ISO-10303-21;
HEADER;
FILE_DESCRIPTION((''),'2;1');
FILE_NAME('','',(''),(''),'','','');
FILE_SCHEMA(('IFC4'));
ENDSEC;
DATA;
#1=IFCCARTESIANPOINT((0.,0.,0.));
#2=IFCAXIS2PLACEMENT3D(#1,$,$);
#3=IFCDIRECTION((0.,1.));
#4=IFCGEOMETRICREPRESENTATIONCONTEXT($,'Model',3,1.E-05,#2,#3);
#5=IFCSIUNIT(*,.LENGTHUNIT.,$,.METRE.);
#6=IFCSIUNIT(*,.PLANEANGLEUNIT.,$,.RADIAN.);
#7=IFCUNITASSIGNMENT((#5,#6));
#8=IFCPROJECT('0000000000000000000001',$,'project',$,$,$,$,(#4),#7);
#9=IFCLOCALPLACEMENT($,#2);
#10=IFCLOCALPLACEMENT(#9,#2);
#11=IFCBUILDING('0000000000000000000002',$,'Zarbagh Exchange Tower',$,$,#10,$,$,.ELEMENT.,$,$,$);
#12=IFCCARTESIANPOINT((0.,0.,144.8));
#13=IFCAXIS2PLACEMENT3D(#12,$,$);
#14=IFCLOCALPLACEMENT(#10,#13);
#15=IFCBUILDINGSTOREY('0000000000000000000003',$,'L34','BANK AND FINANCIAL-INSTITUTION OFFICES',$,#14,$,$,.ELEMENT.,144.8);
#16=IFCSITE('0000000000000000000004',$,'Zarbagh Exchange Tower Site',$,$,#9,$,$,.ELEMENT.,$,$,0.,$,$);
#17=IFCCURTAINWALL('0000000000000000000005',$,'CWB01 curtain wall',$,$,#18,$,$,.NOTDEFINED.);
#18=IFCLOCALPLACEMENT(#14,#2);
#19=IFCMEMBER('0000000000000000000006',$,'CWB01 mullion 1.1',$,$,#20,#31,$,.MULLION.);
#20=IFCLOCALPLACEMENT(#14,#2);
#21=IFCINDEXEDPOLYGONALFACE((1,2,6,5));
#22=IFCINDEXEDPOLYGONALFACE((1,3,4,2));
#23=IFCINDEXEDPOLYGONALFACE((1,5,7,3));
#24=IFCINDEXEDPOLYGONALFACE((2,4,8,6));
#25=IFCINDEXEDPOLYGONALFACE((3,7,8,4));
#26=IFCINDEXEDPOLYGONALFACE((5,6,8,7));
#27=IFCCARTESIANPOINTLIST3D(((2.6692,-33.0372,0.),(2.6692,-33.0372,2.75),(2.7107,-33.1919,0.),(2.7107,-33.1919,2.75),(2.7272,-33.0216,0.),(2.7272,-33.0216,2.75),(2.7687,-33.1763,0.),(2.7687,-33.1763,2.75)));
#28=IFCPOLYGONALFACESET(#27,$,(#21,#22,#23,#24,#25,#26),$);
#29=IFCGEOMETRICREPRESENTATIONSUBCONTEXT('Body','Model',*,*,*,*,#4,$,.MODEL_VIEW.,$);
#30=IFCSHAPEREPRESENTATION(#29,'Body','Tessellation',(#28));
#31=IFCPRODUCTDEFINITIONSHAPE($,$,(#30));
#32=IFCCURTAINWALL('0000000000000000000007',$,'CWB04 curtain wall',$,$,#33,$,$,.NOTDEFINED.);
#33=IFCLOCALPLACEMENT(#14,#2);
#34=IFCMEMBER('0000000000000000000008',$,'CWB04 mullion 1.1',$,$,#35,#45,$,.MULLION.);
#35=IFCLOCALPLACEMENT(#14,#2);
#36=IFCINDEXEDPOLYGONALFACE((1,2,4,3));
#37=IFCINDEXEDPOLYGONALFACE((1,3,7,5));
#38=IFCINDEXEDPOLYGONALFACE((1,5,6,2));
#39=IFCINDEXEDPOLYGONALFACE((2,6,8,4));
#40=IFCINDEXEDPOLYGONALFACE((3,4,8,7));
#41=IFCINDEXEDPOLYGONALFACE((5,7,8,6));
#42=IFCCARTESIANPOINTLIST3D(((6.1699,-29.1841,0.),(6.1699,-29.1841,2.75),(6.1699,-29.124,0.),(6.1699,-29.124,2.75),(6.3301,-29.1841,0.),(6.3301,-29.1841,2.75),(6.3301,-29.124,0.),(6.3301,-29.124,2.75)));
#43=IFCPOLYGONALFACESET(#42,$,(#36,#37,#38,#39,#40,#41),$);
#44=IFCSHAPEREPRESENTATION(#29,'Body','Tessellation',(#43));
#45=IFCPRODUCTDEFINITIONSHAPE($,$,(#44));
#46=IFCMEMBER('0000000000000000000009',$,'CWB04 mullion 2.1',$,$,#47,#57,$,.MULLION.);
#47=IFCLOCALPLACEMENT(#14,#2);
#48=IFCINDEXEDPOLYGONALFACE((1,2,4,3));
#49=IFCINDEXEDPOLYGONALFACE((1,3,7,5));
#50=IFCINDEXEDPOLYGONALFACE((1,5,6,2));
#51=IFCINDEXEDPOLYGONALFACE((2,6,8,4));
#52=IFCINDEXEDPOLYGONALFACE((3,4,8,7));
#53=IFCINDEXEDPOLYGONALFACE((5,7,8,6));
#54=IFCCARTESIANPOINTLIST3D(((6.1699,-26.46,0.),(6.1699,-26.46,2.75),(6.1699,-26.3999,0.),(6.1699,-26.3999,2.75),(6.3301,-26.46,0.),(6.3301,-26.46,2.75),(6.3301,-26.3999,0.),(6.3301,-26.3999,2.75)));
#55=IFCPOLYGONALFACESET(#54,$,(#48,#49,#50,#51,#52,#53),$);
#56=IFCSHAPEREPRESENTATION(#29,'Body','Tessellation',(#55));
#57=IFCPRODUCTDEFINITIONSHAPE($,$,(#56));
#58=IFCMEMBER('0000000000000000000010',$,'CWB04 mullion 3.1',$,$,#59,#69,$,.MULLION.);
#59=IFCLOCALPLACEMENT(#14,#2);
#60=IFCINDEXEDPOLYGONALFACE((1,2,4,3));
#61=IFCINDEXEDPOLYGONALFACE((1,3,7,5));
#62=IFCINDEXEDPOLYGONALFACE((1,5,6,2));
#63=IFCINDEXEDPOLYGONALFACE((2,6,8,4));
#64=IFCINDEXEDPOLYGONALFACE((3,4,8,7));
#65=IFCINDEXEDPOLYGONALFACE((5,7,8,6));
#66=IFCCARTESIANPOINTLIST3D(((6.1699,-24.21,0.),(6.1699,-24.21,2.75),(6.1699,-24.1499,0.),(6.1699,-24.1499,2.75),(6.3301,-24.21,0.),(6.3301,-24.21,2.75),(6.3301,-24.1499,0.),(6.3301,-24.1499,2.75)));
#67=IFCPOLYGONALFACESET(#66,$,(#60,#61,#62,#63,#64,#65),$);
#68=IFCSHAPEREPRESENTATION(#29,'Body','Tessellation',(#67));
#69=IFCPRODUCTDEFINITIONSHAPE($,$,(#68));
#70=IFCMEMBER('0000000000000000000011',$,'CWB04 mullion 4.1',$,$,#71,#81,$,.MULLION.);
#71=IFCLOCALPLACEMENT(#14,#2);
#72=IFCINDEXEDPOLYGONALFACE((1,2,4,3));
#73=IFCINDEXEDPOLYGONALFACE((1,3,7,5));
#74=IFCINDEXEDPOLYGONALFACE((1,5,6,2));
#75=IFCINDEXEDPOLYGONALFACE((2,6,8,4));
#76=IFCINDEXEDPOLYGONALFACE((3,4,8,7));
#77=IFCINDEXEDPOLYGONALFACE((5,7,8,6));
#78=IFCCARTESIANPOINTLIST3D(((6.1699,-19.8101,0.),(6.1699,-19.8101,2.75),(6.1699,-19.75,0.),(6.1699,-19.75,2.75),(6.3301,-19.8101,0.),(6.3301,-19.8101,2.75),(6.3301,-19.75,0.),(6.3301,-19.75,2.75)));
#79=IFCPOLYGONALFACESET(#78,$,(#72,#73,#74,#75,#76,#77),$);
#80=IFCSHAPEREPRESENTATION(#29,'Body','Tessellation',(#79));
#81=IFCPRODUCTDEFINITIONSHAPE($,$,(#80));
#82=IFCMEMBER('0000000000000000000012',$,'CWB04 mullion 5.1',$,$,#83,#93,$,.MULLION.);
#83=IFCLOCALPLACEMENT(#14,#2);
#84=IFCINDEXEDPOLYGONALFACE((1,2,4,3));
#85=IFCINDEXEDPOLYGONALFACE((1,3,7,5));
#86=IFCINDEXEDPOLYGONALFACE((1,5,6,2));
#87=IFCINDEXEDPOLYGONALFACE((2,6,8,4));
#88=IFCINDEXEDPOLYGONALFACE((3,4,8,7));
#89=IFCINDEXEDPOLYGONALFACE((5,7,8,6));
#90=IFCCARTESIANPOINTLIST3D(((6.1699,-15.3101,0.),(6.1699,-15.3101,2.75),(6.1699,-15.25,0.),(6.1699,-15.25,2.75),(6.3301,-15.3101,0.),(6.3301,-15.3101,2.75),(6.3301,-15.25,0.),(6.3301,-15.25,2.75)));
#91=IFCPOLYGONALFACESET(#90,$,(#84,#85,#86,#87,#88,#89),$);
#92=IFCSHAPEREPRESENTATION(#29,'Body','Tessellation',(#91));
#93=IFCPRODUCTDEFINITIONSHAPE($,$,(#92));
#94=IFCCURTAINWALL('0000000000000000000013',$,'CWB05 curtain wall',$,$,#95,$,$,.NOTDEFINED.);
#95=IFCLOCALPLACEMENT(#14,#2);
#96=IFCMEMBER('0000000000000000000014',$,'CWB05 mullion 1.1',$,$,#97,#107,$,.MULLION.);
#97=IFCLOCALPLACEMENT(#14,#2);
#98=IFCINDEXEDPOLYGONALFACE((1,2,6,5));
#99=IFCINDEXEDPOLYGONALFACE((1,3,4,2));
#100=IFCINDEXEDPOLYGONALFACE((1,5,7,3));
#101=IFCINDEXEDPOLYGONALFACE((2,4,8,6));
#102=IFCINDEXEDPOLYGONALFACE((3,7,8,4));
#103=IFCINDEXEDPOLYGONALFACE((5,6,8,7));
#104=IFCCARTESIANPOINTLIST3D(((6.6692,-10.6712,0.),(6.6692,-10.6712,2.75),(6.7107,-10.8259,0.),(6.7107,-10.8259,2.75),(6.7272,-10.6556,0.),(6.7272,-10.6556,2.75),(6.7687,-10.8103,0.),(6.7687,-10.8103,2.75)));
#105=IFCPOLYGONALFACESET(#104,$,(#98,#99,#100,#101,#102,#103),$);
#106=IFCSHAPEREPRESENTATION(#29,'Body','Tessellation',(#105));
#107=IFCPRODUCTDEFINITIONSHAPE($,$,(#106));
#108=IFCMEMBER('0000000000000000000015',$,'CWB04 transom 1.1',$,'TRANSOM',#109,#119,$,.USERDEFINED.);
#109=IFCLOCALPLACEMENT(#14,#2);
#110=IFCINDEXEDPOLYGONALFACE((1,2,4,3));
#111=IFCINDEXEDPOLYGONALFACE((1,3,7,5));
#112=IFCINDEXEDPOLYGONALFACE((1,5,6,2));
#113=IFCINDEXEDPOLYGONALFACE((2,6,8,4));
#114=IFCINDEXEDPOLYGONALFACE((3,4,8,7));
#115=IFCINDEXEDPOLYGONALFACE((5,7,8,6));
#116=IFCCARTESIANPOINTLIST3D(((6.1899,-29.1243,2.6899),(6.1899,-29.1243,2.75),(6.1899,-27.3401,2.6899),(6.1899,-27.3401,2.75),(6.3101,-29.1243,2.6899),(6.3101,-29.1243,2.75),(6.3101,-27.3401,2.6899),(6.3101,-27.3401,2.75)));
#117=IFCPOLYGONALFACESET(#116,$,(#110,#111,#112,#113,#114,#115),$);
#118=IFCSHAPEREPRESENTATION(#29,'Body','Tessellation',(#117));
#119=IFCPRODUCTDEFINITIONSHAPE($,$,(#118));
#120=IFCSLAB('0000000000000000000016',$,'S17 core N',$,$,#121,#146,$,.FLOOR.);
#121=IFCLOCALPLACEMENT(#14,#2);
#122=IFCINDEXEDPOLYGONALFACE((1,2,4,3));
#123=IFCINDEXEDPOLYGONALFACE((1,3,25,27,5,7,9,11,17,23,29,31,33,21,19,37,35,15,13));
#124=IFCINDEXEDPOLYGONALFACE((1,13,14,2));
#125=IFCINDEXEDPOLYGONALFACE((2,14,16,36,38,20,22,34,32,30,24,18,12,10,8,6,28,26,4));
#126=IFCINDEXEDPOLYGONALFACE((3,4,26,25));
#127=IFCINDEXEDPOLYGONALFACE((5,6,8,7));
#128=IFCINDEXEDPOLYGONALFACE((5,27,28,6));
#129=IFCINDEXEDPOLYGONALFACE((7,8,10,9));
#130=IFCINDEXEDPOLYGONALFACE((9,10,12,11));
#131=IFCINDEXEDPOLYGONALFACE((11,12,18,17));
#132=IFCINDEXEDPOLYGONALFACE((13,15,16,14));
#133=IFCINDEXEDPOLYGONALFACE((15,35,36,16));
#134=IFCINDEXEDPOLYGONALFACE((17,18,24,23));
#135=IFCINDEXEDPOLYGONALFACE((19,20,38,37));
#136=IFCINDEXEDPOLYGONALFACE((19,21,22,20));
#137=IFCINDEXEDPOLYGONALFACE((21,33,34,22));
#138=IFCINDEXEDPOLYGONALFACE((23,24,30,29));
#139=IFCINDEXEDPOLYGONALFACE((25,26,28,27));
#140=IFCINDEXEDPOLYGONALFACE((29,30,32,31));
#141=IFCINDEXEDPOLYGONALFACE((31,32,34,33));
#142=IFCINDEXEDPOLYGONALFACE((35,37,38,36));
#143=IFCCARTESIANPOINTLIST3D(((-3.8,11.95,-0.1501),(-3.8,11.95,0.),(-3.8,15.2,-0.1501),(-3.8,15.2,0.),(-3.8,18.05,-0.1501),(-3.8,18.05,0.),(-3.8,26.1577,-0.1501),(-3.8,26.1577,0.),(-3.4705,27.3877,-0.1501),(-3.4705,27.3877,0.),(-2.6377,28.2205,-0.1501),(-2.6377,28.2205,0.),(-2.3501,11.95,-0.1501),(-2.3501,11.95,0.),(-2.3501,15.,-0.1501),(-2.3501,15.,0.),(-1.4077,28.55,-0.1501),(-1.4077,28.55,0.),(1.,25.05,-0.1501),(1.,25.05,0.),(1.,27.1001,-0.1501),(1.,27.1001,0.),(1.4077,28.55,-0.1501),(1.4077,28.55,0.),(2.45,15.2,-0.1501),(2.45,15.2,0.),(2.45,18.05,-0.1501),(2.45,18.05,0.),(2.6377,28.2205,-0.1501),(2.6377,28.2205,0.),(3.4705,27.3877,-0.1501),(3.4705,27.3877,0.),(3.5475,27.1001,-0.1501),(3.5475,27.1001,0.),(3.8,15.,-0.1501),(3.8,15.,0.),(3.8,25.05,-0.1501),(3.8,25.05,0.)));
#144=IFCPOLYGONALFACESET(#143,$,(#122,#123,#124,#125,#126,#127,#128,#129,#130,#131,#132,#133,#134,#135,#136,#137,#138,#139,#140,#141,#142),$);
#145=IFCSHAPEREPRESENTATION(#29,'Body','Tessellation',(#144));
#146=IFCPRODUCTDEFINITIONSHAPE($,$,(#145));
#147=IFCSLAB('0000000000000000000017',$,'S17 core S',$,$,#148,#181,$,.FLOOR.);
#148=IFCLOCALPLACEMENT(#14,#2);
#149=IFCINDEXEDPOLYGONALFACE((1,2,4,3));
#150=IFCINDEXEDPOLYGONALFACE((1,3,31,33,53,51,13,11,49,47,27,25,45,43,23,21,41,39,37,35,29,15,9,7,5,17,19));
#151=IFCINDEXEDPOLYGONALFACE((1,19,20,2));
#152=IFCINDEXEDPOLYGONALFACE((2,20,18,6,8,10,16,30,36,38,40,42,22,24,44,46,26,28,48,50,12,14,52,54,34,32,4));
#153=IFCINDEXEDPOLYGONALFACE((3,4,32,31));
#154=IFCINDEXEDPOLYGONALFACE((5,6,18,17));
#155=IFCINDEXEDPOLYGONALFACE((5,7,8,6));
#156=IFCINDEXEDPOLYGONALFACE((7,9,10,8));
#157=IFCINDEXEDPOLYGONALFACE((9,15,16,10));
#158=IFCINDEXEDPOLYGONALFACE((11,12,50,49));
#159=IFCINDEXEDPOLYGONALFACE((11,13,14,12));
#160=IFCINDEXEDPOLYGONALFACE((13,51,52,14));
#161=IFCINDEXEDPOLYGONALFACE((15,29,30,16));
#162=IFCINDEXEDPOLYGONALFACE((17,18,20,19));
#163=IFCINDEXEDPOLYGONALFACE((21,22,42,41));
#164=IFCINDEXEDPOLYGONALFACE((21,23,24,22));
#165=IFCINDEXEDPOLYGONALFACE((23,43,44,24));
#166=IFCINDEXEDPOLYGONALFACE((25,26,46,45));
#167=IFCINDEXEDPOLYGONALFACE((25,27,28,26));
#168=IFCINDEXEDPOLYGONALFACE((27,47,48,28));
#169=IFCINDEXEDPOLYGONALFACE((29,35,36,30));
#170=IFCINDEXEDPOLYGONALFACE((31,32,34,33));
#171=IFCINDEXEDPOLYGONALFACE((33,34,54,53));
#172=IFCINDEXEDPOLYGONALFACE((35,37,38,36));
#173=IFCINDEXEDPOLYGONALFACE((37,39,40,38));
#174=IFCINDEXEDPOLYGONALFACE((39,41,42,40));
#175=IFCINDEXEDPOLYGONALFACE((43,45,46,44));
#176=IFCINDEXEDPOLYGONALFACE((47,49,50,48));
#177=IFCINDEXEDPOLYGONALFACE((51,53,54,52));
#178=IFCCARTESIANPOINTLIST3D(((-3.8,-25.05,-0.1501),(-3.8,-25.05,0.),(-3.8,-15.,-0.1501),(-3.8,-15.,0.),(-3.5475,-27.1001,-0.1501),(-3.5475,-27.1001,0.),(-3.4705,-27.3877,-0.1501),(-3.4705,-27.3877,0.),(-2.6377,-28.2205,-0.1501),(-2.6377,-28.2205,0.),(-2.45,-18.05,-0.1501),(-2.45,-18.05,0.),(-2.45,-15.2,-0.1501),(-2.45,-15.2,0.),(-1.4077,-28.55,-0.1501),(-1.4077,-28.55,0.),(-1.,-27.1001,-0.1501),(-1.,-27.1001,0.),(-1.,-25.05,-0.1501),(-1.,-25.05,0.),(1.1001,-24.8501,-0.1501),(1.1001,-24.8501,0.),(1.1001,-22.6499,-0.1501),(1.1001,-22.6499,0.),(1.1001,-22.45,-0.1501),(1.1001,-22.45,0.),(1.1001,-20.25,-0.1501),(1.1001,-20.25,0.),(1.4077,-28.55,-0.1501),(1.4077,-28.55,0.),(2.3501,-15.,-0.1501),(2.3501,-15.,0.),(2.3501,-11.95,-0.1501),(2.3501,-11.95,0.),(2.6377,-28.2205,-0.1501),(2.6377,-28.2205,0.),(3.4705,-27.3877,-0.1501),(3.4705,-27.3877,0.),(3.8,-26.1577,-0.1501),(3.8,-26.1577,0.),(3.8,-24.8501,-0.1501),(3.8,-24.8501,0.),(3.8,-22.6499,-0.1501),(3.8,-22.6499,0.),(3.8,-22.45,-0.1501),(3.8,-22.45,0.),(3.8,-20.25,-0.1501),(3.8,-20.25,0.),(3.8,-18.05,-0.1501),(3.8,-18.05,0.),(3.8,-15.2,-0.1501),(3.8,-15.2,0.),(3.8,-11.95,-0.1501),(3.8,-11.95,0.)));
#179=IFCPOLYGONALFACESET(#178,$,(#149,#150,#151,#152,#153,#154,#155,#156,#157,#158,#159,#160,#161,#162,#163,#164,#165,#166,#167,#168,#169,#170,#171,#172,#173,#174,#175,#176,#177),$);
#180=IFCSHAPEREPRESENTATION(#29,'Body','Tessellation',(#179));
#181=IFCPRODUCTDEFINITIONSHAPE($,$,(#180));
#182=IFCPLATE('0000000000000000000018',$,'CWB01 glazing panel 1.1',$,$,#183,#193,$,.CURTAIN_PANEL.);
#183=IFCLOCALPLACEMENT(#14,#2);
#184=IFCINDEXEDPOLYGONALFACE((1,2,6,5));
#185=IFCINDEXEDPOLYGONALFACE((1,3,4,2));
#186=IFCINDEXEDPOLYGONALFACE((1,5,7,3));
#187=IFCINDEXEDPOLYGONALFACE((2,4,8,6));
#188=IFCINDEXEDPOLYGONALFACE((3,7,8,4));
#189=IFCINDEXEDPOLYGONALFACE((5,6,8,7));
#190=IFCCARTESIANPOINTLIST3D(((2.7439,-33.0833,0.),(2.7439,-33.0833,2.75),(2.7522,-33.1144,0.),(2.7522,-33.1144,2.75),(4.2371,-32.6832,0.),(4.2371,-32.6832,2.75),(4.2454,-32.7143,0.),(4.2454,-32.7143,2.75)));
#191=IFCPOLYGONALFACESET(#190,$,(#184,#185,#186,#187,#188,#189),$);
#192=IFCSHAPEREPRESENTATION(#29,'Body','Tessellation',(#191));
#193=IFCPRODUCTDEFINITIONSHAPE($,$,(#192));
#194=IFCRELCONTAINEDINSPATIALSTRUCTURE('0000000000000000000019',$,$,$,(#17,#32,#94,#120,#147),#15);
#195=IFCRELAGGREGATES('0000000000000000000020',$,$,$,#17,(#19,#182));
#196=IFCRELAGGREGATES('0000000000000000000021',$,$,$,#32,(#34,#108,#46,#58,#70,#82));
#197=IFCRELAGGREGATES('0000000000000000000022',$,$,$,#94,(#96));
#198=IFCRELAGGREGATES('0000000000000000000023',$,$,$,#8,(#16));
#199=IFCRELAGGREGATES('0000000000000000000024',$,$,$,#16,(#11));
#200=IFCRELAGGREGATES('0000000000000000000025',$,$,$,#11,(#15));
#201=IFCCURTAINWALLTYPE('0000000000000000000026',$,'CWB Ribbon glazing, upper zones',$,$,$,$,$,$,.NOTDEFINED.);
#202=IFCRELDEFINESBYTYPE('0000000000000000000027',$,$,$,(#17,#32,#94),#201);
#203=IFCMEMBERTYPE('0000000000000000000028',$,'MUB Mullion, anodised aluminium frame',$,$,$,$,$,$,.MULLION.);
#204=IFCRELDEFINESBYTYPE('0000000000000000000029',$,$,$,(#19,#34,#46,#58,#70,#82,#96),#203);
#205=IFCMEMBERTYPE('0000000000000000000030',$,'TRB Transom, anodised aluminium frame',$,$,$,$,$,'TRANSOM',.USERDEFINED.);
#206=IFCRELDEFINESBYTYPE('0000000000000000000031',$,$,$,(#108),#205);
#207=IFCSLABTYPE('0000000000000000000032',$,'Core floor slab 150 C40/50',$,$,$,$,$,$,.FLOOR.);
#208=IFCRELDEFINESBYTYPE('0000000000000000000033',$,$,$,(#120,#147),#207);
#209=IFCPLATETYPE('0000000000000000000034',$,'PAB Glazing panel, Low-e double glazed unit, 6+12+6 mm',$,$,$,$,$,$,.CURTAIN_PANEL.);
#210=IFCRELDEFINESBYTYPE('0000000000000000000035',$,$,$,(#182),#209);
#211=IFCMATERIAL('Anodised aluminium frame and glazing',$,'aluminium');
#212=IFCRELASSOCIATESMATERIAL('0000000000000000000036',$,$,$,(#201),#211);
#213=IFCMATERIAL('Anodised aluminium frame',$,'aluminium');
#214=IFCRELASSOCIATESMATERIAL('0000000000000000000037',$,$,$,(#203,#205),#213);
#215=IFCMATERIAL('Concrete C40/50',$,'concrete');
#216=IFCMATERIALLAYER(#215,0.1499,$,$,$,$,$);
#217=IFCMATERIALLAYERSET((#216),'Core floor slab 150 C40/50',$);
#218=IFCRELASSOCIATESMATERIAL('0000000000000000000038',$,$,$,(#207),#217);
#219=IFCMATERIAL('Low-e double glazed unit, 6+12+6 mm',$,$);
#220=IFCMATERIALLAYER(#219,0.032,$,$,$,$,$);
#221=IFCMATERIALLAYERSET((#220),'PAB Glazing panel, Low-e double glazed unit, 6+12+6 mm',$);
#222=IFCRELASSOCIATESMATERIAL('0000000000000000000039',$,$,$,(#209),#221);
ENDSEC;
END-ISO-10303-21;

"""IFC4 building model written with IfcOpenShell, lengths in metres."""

from ifc_helpers import new_model, si_unit, direction, frame, origin, place, context, subcontext, project, spatial, polyline, outline, extrude, source, transform, mapped, material, layer, layer_set, type_object, element, aggregate, save


model = new_model("IFC4")

# Units and contexts
model_context = context("Model", 3, precision=1e-05, world=origin(), true_north=direction((0.0, 1.0)))
body_context = subcontext(model_context, "Body", "Model", "MODEL_VIEW")
ifc_project = project(units=[si_unit("LENGTHUNIT", "METRE"), si_unit("PLANEANGLEUNIT", "RADIAN")], contexts=[model_context])

# Site, building, storey
site_placement = place(None, origin())
site = spatial("IfcSite", under=ifc_project, at=site_placement, Name="Zarbagh Exchange Tower Site", CompositionType="ELEMENT", RefElevation=0.0)
building_placement = place(site_placement, origin())
building = spatial("IfcBuilding", under=site, at=building_placement, Name="Zarbagh Exchange Tower", CompositionType="ELEMENT")
storey_placement = place(building_placement, frame((0.0, 0.0, 144.8)))
storey = spatial("IfcBuildingStorey", under=building, at=storey_placement, Name="L34", Description="BANK AND FINANCIAL-INSTITUTION OFFICES", CompositionType="ELEMENT", Elevation=144.8)

# Curtain wall, member
ifc_material_1 = material(Name="Anodised aluminium frame and glazing", Category="aluminium")
curtain_wall_type = type_object("IfcCurtainWallType", Name="CWB Ribbon glazing, upper zones", PredefinedType="NOTDEFINED", material=ifc_material_1)
curtain_wall_1_placement = place(storey_placement, origin())
curtain_wall_1 = element("IfcCurtainWall", 1, at=curtain_wall_1_placement, inside=storey, type_object=curtain_wall_type, Name="CWB01 curtain wall", PredefinedType="NOTDEFINED")
ifc_material_2 = material(Name="Anodised aluminium frame", Category="aluminium")
member_type_1 = type_object("IfcMemberType", Name="MUB Mullion, anodised aluminium frame", PredefinedType="MULLION", material=ifc_material_2)
shared_shape_1 = source(origin(), body_context, "Body", "SweptSolid", [
    extrude(outline(polyline([(0.0, -0.0801), (0.0601, -0.0801), (0.0601, 0.0801), (0.0, 0.0801), (0.0, -0.0801)])), origin(), (0.0, 0.0, 1.0), 2.75),
])
placement = place(storey_placement, origin())
member_1 = element("IfcMember", 2, at=placement, type_object=member_type_1, Name="CWB01 mullion 1.1", PredefinedType="MULLION", context=body_context, shape_type="MappedRepresentation", body=[
    mapped(shared_shape_1, transform((2.6899, -33.1145, 0.0), x_axis=(0.965924, 0.258825, 0.0), y_axis=(-0.258825, 0.965924, 0.0), z_axis=(0.0, 0.0, 1.0))),
])

# Curtain wall, members
curtain_wall_2_placement = place(storey_placement, origin())
curtain_wall_2 = element("IfcCurtainWall", 3, at=curtain_wall_2_placement, inside=storey, type_object=curtain_wall_type, Name="CWB04 curtain wall", PredefinedType="NOTDEFINED")
member_2 = element("IfcMember", 4, at=placement, type_object=member_type_1, Name="CWB04 mullion 1.1", PredefinedType="MULLION", context=body_context, shape_type="MappedRepresentation", body=[
    mapped(shared_shape_1, transform((6.25, -29.1841, 0.0), x_axis=(0.0, 1.0, 0.0), y_axis=(-1.0, 0.0, 0.0), z_axis=(0.0, 0.0, 1.0))),
])
member_3 = element("IfcMember", 5, at=placement, type_object=member_type_1, Name="CWB04 mullion 2.1", PredefinedType="MULLION", context=body_context, shape_type="MappedRepresentation", body=[
    mapped(shared_shape_1, transform((6.25, -26.46, 0.0), x_axis=(0.0, 1.0, 0.0), y_axis=(-1.0, 0.0, 0.0), z_axis=(0.0, 0.0, 1.0))),
])
member_4 = element("IfcMember", 6, at=placement, type_object=member_type_1, Name="CWB04 mullion 3.1", PredefinedType="MULLION", context=body_context, shape_type="MappedRepresentation", body=[
    mapped(shared_shape_1, transform((6.25, -24.21, 0.0), x_axis=(0.0, 1.0, 0.0), y_axis=(-1.0, 0.0, 0.0), z_axis=(0.0, 0.0, 1.0))),
])
member_5 = element("IfcMember", 7, at=placement, type_object=member_type_1, Name="CWB04 mullion 4.1", PredefinedType="MULLION", context=body_context, shape_type="MappedRepresentation", body=[
    mapped(shared_shape_1, transform((6.25, -19.8101, 0.0), x_axis=(0.0, 1.0, 0.0), y_axis=(-1.0, 0.0, 0.0), z_axis=(0.0, 0.0, 1.0))),
])
member_6 = element("IfcMember", 8, at=placement, type_object=member_type_1, Name="CWB04 mullion 5.1", PredefinedType="MULLION", context=body_context, shape_type="MappedRepresentation", body=[
    mapped(shared_shape_1, transform((6.25, -15.3101, 0.0), x_axis=(0.0, 1.0, 0.0), y_axis=(-1.0, 0.0, 0.0), z_axis=(0.0, 0.0, 1.0))),
])

# Curtain wall, member
curtain_wall_3_placement = place(storey_placement, origin())
curtain_wall_3 = element("IfcCurtainWall", 9, at=curtain_wall_3_placement, inside=storey, type_object=curtain_wall_type, Name="CWB05 curtain wall", PredefinedType="NOTDEFINED")
member_7 = element("IfcMember", 10, at=placement, type_object=member_type_1, Name="CWB05 mullion 1.1", PredefinedType="MULLION", context=body_context, shape_type="MappedRepresentation", body=[
    mapped(shared_shape_1, transform((6.6899, -10.7485, 0.0), x_axis=(0.965924, 0.258825, 0.0), y_axis=(-0.258825, 0.965924, 0.0), z_axis=(0.0, 0.0, 1.0))),
])

# Member
member_type_2 = type_object("IfcMemberType", Name="TRB Transom, anodised aluminium frame", ElementType="TRANSOM", PredefinedType="USERDEFINED", material=ifc_material_2)
shared_shape_2 = source(origin(), body_context, "Body", "SweptSolid", [
    extrude(outline(polyline([(-0.0601, -0.0601), (0.0, -0.0601), (0.0, 0.0601), (-0.0601, 0.0601), (-0.0601, -0.0601)])), origin(), (0.0, 0.0, 1.0), 1.7842),
])
member_8 = element("IfcMember", 11, at=placement, type_object=member_type_2, Name="CWB04 transom 1.1", ObjectType="TRANSOM", PredefinedType="USERDEFINED", context=body_context, shape_type="MappedRepresentation", body=[
    mapped(shared_shape_2, transform((6.25, -29.1243, 2.75), x_axis=(0.0, 0.0, 1.0), y_axis=(1.0, 0.0, 0.0), z_axis=(0.0, 1.0, 0.0))),
])

# Slabs
ifc_material_3 = material(Name="Concrete C40/50", Category="concrete")
ifc_layer_1 = layer(ifc_material_3, 0.1499)
ifc_layer_set_1 = layer_set([ifc_layer_1], Name="Core floor slab 150 C40/50")
slab_type = type_object("IfcSlabType", Name="Core floor slab 150 C40/50", PredefinedType="FLOOR", material=ifc_layer_set_1)
slab_1_placement = place(storey_placement, frame((0.0, 0.0, -0.1501)))
element("IfcSlab", 12, at=slab_1_placement, inside=storey, type_object=slab_type, Name="S17 core N", PredefinedType="FLOOR", context=body_context, shape_type="SweptSolid", body=[
    extrude(outline(polyline([(-3.8, 11.95), (-3.8, 15.2), (2.45, 15.2), (2.45, 18.05), (-3.8, 18.05), (-3.8, 26.1577), (-3.4705, 27.3877), (-2.6377, 28.2205), (-1.4077, 28.55), (1.4077, 28.55), (2.6377, 28.2205), (3.4705, 27.3877), (3.8, 26.1577), (3.8, 26.1577), (3.5476, 27.1001), (1.0, 27.1001), (1.0, 25.05), (3.8, 25.05), (3.8, 15.0), (-2.3501, 15.0), (-2.3501, 11.95), (-3.8, 11.95)])), origin(), (0.0, 0.0, 1.0), 0.1501),
])
slab_2_placement = place(storey_placement, frame((0.0, 0.0, -0.1501)))
element("IfcSlab", 13, at=slab_2_placement, inside=storey, type_object=slab_type, Name="S17 core S", PredefinedType="FLOOR", context=body_context, shape_type="SweptSolid", body=[
    extrude(outline(polyline([(-2.6377, -28.2205), (-3.4705, -27.3877), (-3.8, -26.1577), (-3.8, -26.1577), (-3.5476, -27.1001), (-1.0, -27.1001), (-1.0, -25.05), (-3.8, -25.05), (-3.8, -15.0), (2.3501, -15.0), (2.3501, -11.95), (3.8, -11.95), (3.8, -15.2), (-2.45, -15.2), (-2.45, -18.05), (3.8, -18.05), (3.8, -20.25), (1.1001, -20.25), (1.1001, -22.45), (3.8, -22.45), (3.8, -22.6499), (1.1001, -22.6499), (1.1001, -24.8501), (3.8, -24.8501), (3.8, -26.1577), (3.4705, -27.3877), (2.6377, -28.2205), (1.4077, -28.55), (-1.4077, -28.55), (-2.6377, -28.2205)])), origin(), (0.0, 0.0, 1.0), 0.1501),
])

# Plate
ifc_material_4 = material(Name="Low-e double glazed unit, 6+12+6 mm")
ifc_layer_2 = layer(ifc_material_4, 0.032)
ifc_layer_set_2 = layer_set([ifc_layer_2], Name="PAB Glazing panel, Low-e double glazed unit, 6+12+6 mm")
plate_type = type_object("IfcPlateType", Name="PAB Glazing panel, Low-e double glazed unit, 6+12+6 mm", PredefinedType="CURTAIN_PANEL", material=ifc_layer_set_2)
shared_shape_3 = source(origin(), body_context, "Body", "SweptSolid", [
    extrude(outline(polyline([(0.0, -0.0161), (1.5459, -0.0161), (1.5459, 0.0161), (0.0, 0.0161), (0.0, -0.0161)])), origin(), (0.0, 0.0, 1.0), 2.75),
])
plate_1 = element("IfcPlate", 14, at=placement, type_object=plate_type, Name="CWB01 glazing panel 1.1", PredefinedType="CURTAIN_PANEL", context=body_context, shape_type="MappedRepresentation", body=[
    mapped(shared_shape_3, transform((2.748, -33.0989, 0.0), x_axis=(0.965924, 0.258825, 0.0), y_axis=(-0.258825, 0.965924, 0.0), z_axis=(0.0, 0.0, 1.0))),
])
aggregate(curtain_wall_1, [member_1, plate_1])

aggregate(curtain_wall_2, [member_2, member_8, member_3, member_4, member_5, member_6])
aggregate(curtain_wall_3, [member_7])

save(model, "model.ifc")
